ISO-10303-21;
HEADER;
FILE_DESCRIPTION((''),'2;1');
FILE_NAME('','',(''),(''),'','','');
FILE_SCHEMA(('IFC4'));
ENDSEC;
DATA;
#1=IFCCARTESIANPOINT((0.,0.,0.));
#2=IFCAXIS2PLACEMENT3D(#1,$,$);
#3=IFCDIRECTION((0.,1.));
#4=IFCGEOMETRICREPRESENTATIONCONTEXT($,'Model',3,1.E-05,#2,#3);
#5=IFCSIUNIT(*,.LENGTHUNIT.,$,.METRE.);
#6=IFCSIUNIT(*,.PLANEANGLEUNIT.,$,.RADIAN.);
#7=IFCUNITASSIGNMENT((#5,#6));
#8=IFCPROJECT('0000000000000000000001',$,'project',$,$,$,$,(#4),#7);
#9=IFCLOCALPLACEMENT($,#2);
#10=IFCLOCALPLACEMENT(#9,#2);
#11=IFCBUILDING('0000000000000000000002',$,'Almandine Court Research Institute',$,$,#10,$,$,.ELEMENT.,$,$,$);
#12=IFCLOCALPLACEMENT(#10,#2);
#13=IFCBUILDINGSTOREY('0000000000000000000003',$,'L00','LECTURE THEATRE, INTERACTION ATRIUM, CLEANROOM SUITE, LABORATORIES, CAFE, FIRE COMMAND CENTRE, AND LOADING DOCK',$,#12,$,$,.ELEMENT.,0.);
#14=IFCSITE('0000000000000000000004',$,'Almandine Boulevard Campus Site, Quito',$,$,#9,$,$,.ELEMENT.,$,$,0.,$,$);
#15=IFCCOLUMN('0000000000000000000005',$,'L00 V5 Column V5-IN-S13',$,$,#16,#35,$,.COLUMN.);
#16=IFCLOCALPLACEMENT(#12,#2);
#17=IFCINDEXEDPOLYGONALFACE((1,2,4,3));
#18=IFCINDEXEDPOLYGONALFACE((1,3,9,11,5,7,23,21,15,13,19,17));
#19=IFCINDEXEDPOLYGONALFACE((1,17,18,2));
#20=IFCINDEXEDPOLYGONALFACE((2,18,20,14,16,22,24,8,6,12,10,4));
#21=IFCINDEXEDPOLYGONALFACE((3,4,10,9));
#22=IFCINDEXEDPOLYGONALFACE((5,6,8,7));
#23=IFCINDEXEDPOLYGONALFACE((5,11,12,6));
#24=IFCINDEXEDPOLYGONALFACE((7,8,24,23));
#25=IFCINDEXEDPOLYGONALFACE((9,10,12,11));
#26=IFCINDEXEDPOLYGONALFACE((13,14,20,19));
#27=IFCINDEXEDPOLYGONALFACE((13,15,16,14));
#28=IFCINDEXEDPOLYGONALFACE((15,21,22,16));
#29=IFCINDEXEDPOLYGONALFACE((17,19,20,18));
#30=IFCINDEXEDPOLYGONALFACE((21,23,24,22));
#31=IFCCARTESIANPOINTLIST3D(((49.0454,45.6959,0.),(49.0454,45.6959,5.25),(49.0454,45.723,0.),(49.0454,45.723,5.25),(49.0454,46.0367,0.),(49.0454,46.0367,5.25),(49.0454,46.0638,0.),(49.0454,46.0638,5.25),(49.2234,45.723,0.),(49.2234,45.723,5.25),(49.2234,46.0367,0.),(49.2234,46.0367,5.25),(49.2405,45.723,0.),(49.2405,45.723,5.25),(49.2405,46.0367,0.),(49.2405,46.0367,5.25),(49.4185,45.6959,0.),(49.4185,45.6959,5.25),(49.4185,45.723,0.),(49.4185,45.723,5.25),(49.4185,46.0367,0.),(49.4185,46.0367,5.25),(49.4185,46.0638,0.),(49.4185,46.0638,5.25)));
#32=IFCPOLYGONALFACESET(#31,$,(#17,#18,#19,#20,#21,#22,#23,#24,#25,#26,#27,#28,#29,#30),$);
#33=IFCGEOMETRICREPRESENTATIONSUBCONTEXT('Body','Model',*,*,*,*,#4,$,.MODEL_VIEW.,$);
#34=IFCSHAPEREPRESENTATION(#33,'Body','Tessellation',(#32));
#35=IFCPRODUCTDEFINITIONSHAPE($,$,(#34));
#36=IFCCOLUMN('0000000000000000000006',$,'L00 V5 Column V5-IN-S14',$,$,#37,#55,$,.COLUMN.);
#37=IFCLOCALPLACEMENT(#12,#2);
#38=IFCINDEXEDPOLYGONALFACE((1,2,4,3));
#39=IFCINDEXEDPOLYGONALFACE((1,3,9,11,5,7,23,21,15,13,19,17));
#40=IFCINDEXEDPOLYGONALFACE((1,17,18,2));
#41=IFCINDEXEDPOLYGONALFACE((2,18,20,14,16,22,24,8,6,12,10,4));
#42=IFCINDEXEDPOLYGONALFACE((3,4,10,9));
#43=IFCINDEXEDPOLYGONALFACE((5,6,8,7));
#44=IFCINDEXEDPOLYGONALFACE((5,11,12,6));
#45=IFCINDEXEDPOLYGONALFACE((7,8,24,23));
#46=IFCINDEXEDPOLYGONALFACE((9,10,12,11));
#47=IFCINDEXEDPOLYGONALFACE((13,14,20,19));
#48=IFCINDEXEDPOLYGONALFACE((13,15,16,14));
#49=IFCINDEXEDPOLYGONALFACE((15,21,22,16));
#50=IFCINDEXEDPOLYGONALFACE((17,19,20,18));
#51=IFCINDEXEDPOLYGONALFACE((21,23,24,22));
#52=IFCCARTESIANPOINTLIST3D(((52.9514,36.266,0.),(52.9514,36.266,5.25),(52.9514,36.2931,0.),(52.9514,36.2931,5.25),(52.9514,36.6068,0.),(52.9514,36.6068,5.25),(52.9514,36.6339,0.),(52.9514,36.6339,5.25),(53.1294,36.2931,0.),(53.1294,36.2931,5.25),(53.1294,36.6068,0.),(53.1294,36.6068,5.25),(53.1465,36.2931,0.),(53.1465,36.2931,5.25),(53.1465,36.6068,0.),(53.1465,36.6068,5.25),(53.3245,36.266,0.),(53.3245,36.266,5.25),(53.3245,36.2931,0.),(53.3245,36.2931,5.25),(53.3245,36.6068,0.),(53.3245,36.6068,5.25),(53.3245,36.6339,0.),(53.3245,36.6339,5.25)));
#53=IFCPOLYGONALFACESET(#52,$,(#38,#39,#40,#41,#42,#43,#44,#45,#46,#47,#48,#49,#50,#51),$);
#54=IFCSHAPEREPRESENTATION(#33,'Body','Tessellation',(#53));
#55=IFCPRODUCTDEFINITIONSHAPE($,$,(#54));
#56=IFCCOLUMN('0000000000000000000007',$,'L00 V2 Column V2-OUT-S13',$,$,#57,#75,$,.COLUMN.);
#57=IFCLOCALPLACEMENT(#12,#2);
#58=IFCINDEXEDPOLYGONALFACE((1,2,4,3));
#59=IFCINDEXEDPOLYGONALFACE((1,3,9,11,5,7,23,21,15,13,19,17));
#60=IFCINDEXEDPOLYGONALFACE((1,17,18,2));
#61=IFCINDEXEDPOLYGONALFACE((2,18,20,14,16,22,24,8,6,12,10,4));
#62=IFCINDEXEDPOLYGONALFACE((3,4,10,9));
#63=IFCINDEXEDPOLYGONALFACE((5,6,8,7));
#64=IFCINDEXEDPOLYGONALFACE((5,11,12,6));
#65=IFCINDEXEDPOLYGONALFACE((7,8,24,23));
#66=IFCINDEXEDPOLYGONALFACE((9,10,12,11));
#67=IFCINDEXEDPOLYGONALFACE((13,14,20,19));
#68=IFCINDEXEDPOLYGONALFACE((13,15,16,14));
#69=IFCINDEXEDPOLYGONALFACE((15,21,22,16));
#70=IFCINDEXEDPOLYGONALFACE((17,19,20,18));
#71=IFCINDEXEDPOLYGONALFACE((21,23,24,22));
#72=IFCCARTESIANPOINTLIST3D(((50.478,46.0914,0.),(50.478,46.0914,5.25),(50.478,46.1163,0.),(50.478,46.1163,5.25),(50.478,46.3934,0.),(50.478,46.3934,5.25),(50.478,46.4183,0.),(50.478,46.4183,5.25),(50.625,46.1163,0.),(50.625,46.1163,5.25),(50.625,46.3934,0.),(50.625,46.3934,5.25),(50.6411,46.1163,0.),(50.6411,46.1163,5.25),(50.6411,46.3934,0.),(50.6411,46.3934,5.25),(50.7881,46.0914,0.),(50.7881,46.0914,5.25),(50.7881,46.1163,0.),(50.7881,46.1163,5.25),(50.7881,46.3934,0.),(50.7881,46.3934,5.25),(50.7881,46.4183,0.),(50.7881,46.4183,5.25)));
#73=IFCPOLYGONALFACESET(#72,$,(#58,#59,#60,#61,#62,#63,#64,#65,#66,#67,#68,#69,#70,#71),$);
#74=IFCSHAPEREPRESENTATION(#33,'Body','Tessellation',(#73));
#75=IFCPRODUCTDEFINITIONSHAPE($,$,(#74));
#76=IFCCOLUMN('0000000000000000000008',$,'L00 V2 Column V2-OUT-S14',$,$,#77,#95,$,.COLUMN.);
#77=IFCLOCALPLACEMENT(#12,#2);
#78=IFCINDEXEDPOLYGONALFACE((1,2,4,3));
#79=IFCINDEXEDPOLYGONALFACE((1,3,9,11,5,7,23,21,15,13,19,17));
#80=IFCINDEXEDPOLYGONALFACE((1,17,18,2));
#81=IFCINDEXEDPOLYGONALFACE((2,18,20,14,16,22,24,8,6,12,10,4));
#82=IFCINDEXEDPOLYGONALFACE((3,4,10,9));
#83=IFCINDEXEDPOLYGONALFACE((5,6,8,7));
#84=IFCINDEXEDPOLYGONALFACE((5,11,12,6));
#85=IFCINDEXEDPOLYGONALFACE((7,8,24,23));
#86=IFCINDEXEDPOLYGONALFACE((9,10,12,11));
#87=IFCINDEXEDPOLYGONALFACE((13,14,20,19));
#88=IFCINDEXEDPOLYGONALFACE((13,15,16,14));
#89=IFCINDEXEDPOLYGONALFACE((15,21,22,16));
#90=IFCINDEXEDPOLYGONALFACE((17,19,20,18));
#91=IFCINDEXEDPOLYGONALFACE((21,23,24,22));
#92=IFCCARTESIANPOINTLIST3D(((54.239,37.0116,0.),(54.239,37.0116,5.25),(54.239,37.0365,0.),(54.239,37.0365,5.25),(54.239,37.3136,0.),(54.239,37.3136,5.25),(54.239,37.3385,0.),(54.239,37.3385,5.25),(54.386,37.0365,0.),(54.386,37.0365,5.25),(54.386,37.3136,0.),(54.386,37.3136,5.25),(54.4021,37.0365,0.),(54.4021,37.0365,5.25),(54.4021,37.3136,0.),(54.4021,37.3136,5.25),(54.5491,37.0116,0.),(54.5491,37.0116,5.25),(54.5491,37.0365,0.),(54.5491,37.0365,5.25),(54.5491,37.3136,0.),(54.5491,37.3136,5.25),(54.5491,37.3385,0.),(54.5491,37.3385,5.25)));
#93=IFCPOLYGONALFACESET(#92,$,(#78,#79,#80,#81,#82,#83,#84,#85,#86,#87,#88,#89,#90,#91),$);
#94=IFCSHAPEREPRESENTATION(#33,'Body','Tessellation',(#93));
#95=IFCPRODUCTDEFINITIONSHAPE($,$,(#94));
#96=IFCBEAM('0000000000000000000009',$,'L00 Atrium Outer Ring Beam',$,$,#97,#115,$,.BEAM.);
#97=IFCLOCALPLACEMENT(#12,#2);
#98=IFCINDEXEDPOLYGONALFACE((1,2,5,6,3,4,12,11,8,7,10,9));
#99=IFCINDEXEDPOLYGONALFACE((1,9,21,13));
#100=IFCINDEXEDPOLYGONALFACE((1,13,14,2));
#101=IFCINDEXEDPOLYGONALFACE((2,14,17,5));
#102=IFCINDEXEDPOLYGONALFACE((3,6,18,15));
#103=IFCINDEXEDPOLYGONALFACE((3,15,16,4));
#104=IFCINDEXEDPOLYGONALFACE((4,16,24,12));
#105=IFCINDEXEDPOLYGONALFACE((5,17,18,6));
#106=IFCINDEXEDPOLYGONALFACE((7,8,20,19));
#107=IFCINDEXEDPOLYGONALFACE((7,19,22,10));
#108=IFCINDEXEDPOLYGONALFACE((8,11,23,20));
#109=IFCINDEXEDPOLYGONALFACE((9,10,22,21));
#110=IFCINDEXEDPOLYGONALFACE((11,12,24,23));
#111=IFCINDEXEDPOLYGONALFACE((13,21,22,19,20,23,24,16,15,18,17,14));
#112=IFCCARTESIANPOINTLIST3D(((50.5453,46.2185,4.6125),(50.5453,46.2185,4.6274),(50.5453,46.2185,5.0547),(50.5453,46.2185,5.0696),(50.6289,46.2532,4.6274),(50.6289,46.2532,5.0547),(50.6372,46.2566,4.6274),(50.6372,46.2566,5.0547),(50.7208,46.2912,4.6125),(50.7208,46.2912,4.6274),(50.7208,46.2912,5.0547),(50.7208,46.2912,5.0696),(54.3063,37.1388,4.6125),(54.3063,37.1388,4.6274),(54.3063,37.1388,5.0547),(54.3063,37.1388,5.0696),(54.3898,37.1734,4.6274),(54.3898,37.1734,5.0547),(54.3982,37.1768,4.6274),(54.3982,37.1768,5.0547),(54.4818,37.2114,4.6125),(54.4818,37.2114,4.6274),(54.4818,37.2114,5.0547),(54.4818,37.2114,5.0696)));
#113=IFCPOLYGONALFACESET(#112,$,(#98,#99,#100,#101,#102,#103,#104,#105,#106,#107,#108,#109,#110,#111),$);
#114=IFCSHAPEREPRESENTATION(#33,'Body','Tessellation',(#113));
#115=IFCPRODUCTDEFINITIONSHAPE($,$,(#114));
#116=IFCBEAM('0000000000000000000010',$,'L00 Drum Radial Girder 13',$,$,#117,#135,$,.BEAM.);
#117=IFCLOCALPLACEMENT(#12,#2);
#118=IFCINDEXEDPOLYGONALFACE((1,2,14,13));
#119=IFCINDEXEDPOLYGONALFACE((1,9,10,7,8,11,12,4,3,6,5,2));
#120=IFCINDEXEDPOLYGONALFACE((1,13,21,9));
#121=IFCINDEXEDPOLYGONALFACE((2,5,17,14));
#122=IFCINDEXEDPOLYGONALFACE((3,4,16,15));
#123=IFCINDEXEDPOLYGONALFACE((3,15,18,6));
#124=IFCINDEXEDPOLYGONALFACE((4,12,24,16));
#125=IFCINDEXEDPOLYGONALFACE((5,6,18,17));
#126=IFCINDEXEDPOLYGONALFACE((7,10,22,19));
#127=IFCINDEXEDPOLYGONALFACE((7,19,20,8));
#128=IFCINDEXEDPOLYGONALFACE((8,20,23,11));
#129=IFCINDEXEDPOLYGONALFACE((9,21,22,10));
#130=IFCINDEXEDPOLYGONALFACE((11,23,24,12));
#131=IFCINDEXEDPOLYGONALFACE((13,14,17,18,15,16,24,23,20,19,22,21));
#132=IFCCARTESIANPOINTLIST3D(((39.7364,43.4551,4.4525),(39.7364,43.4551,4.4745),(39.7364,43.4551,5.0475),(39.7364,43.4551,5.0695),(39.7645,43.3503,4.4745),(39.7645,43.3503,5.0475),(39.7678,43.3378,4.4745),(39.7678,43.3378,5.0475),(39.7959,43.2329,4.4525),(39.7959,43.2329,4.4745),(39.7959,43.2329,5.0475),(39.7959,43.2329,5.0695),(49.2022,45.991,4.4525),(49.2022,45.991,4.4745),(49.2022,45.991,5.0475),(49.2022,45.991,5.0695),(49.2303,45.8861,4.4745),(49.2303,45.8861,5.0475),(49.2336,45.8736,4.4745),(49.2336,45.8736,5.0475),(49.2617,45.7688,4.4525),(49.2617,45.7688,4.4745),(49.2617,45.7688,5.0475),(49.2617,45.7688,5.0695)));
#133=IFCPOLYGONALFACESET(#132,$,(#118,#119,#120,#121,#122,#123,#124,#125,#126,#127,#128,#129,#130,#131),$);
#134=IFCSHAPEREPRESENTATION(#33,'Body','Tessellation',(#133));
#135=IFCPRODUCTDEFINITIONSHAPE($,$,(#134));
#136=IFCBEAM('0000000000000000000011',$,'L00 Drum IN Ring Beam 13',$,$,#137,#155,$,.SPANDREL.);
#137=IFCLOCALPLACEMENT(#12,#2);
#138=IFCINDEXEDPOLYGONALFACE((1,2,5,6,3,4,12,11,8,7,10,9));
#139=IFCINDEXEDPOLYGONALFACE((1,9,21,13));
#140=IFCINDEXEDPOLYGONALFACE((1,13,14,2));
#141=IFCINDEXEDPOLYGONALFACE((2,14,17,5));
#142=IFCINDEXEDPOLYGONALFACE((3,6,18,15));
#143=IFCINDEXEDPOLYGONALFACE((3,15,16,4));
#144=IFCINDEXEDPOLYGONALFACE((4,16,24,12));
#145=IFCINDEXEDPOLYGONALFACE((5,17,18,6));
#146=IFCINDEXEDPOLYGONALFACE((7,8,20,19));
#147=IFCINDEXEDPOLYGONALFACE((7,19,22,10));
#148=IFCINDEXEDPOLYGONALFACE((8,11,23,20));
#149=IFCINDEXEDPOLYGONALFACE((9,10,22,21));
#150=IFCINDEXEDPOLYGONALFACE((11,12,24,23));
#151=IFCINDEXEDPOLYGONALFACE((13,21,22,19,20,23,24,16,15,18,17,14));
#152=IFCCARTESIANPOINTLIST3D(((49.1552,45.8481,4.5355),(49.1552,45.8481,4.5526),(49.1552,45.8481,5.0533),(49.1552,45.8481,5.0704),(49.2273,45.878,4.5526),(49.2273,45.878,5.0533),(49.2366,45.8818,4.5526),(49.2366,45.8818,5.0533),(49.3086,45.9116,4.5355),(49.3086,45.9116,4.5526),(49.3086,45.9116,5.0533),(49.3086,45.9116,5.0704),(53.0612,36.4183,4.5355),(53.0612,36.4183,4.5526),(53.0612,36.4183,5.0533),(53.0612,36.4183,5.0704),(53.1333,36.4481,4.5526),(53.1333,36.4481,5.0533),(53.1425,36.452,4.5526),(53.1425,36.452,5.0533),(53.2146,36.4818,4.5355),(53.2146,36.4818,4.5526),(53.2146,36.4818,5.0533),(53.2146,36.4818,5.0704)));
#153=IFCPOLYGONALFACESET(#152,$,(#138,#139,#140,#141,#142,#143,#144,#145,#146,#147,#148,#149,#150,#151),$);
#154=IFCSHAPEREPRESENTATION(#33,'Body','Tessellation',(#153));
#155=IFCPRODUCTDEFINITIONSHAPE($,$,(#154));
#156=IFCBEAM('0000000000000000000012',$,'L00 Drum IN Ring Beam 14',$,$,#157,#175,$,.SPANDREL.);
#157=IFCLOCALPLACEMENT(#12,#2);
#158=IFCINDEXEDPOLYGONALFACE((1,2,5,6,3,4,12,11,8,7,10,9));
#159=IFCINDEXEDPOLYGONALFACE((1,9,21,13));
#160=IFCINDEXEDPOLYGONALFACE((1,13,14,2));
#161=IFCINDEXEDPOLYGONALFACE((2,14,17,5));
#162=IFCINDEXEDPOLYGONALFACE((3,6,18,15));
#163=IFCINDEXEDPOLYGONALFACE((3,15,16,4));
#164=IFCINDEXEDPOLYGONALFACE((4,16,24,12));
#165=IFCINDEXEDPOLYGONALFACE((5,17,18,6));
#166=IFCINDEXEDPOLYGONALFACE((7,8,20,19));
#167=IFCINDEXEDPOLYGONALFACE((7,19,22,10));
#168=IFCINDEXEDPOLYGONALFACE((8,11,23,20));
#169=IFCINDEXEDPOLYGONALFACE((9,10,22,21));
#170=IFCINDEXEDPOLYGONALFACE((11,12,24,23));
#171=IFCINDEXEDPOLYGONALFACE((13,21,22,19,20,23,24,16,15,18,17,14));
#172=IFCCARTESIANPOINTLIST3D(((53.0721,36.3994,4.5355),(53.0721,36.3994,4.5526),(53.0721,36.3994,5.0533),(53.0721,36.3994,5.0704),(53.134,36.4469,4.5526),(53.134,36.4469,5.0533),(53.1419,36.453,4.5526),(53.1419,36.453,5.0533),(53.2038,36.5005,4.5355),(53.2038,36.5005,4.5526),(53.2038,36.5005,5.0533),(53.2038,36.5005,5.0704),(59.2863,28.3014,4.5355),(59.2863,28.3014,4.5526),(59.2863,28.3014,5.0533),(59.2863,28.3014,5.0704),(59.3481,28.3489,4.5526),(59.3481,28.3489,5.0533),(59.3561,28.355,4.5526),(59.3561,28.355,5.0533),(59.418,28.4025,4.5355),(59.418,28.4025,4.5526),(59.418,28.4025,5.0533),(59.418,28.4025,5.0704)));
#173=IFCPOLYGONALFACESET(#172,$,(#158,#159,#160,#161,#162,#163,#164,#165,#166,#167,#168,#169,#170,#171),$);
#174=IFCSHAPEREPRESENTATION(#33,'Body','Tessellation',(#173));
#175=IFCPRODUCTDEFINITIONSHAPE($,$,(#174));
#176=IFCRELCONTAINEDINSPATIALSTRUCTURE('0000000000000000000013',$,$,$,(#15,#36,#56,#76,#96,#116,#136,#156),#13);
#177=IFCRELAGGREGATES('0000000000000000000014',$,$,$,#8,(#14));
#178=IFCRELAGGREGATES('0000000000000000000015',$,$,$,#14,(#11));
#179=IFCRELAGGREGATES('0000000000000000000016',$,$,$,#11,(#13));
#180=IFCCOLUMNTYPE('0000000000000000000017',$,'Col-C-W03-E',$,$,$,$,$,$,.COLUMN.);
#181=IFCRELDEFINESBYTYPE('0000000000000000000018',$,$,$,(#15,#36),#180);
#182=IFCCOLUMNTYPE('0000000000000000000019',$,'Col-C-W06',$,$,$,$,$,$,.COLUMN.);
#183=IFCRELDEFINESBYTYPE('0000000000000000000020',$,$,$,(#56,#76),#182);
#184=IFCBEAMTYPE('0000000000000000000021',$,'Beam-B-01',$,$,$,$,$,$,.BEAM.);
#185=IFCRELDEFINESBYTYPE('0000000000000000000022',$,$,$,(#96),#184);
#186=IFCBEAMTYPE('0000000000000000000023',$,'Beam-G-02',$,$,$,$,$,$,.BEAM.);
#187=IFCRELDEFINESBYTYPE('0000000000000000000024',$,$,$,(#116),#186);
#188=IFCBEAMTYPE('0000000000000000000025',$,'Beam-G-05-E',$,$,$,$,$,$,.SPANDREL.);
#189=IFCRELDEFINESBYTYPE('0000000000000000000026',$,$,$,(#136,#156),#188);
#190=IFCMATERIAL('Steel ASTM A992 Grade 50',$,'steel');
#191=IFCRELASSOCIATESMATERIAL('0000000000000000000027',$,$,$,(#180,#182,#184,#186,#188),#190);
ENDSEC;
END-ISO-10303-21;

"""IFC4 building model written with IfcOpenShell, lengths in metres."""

from ifc_helpers import new_model, si_unit, direction, frame, origin, origin_2d, place, context, subcontext, project, spatial, i_section, extrude, material, material_profile, profile_set, type_object, element, save


model = new_model("IFC4")

# Units and contexts
model_context = context("Model", 3, precision=1e-05, world=origin(), true_north=direction((0.0, 1.0)))
body_context = subcontext(model_context, "Body", "Model", "MODEL_VIEW")
ifc_project = project(units=[si_unit("LENGTHUNIT", "METRE"), si_unit("PLANEANGLEUNIT", "RADIAN")], contexts=[model_context])

# Site, building, storey
site_placement = place(None, origin())
site = spatial("IfcSite", under=ifc_project, at=site_placement, Name="Almandine Boulevard Campus Site, Quito", CompositionType="ELEMENT", RefElevation=0.0)
building_placement = place(site_placement, origin())
building = spatial("IfcBuilding", under=site, at=building_placement, Name="Almandine Court Research Institute", CompositionType="ELEMENT")
storey_placement = place(building_placement, origin())
storey = spatial("IfcBuildingStorey", under=building, at=storey_placement, Name="L00", Description="LECTURE THEATRE, INTERACTION ATRIUM, CLEANROOM SUITE, LABORATORIES, CAFE, FIRE COMMAND CENTRE, AND LOADING DOCK", CompositionType="ELEMENT", Elevation=0.0)

# Columns
ifc_material_1 = material(Name="Steel ASTM A992 Grade 50", Category="steel")
ifc_material_profile_1 = material_profile(ifc_material_1, i_section(OverallWidth=0.373, OverallDepth=0.3679, WebThickness=0.0171, FlangeThickness=0.0271, at=origin_2d()), Name="W360x179")
ifc_profile_set_1 = profile_set([ifc_material_profile_1], Name="Steel ASTM A992 Grade 50")
column_type_1 = type_object("IfcColumnType", Name="Col-C-W03-E", PredefinedType="COLUMN", material=ifc_profile_set_1)
for number, where, z_axis, x_axis, name in (
    (1, (49.2319, 45.8799, 0.0), (0.0, 0.0, 1.0), (1.0, 0.0, 0.0), "L00 V5 Column V5-IN-S13"),
    (2, (53.1379, 36.45, 0.0), (0.0, 0.0, 1.0), (1.0, 0.0, 0.0), "L00 V5 Column V5-IN-S14"),
):
    element("IfcColumn", number, at=place(storey_placement, frame(where, z_axis=z_axis, x_axis=x_axis)), inside=storey, type_object=column_type_1, Name=name, PredefinedType="COLUMN", context=body_context, shape_type="SweptSolid", body=[
        extrude(i_section(OverallWidth=0.373, OverallDepth=0.3679, WebThickness=0.0171, FlangeThickness=0.0271, at=origin_2d()), origin(), (0.0, 0.0, 1.0), 5.25),
    ])
ifc_material_profile_2 = material_profile(ifc_material_1, i_section(OverallWidth=0.3101, OverallDepth=0.3269, WebThickness=0.0161, FlangeThickness=0.0249, at=origin_2d()), Name="W310x158")
ifc_profile_set_2 = profile_set([ifc_material_profile_2], Name="Steel ASTM A992 Grade 50")
column_type_2 = type_object("IfcColumnType", Name="Col-C-W06", PredefinedType="COLUMN", material=ifc_profile_set_2)
for number, where, z_axis, x_axis, name in (
    (3, (50.6331, 46.2549, 0.0), (0.0, 0.0, 1.0), (1.0, 0.0, 0.0), "L00 V2 Column V2-OUT-S13"),
    (4, (54.394, 37.175, 0.0), (0.0, 0.0, 1.0), (1.0, 0.0, 0.0), "L00 V2 Column V2-OUT-S14"),
):
    element("IfcColumn", number, at=place(storey_placement, frame(where, z_axis=z_axis, x_axis=x_axis)), inside=storey, type_object=column_type_2, Name=name, PredefinedType="COLUMN", context=body_context, shape_type="SweptSolid", body=[
        extrude(i_section(OverallWidth=0.3101, OverallDepth=0.3269, WebThickness=0.0161, FlangeThickness=0.0249, at=origin_2d()), origin(), (0.0, 0.0, 1.0), 5.25),
    ])

# Beams
ifc_material_profile_3 = material_profile(ifc_material_1, i_section(OverallWidth=0.1899, OverallDepth=0.457, WebThickness=0.009, FlangeThickness=0.0149, at=origin_2d()), Name="W460x74")
ifc_profile_set_3 = profile_set([ifc_material_profile_3], Name="Steel ASTM A992 Grade 50")
beam_type_1 = type_object("IfcBeamType", Name="Beam-B-01", PredefinedType="BEAM", material=ifc_profile_set_3)
beam_1_placement = place(storey_placement, frame((50.6331, 46.2549, 4.8411), z_axis=(0.382683, -0.92388, 0.0), x_axis=(0.92388, 0.382683, 0.0)))
element("IfcBeam", 5, at=beam_1_placement, inside=storey, type_object=beam_type_1, Name="L00 Atrium Outer Ring Beam", PredefinedType="BEAM", context=body_context, shape_type="SweptSolid", body=[
    extrude(i_section(OverallWidth=0.1899, OverallDepth=0.457, WebThickness=0.009, FlangeThickness=0.0149, at=origin_2d()), origin(), (0.0, 0.0, 1.0), 9.8279),
])
ifc_material_profile_4 = material_profile(ifc_material_1, i_section(OverallWidth=0.23, OverallDepth=0.6169, WebThickness=0.0129, FlangeThickness=0.022, at=origin_2d()), Name="W610x140")
ifc_profile_set_4 = profile_set([ifc_material_profile_4], Name="Steel ASTM A992 Grade 50")
beam_type_2 = type_object("IfcBeamType", Name="Beam-G-02", PredefinedType="BEAM", material=ifc_profile_set_4)
beam_2_placement = place(storey_placement, frame((49.2319, 45.8799, 4.761), z_axis=(-0.965938, -0.258774, 0.0), x_axis=(0.258774, -0.965938, 0.0)))
element("IfcBeam", 6, at=beam_2_placement, inside=storey, type_object=beam_type_2, Name="L00 Drum Radial Girder 13", PredefinedType="BEAM", context=body_context, shape_type="SweptSolid", body=[
    extrude(i_section(OverallWidth=0.23, OverallDepth=0.6169, WebThickness=0.0129, FlangeThickness=0.022, at=origin_2d()), origin(), (0.0, 0.0, 1.0), 9.7996),
])
ifc_material_profile_5 = material_profile(ifc_material_1, i_section(OverallWidth=0.166, OverallDepth=0.5349, WebThickness=0.01, FlangeThickness=0.0171, at=origin_2d()), Name="W530x85")
ifc_profile_set_5 = profile_set([ifc_material_profile_5], Name="Steel ASTM A992 Grade 50")
beam_type_3 = type_object("IfcBeamType", Name="Beam-G-05-E", PredefinedType="SPANDREL", material=ifc_profile_set_5)
beam_3_placement = place(storey_placement, frame((49.2319, 45.8799, 4.803), z_axis=(0.382683, -0.92388, 0.0), x_axis=(0.92388, 0.382683, 0.0)))
element("IfcBeam", 7, at=beam_3_placement, inside=storey, type_object=beam_type_3, Name="L00 Drum IN Ring Beam 13", PredefinedType="SPANDREL", context=body_context, shape_type="SweptSolid", body=[
    extrude(i_section(OverallWidth=0.166, OverallDepth=0.5349, WebThickness=0.01, FlangeThickness=0.0171, at=origin_2d()), origin(), (0.0, 0.0, 1.0), 10.2068),
])
beam_4_placement = place(storey_placement, frame((53.1379, 36.45, 4.803), z_axis=(0.608784, -0.793336, 0.0), x_axis=(0.793336, 0.608784, 0.0)))
element("IfcBeam", 8, at=beam_4_placement, inside=storey, type_object=beam_type_3, Name="L00 Drum IN Ring Beam 14", PredefinedType="SPANDREL", context=body_context, shape_type="SweptSolid", body=[
    extrude(i_section(OverallWidth=0.166, OverallDepth=0.5349, WebThickness=0.01, FlangeThickness=0.0171, at=origin_2d()), origin(), (0.0, 0.0, 1.0), 10.2075),
])

save(model, "model.ifc")
